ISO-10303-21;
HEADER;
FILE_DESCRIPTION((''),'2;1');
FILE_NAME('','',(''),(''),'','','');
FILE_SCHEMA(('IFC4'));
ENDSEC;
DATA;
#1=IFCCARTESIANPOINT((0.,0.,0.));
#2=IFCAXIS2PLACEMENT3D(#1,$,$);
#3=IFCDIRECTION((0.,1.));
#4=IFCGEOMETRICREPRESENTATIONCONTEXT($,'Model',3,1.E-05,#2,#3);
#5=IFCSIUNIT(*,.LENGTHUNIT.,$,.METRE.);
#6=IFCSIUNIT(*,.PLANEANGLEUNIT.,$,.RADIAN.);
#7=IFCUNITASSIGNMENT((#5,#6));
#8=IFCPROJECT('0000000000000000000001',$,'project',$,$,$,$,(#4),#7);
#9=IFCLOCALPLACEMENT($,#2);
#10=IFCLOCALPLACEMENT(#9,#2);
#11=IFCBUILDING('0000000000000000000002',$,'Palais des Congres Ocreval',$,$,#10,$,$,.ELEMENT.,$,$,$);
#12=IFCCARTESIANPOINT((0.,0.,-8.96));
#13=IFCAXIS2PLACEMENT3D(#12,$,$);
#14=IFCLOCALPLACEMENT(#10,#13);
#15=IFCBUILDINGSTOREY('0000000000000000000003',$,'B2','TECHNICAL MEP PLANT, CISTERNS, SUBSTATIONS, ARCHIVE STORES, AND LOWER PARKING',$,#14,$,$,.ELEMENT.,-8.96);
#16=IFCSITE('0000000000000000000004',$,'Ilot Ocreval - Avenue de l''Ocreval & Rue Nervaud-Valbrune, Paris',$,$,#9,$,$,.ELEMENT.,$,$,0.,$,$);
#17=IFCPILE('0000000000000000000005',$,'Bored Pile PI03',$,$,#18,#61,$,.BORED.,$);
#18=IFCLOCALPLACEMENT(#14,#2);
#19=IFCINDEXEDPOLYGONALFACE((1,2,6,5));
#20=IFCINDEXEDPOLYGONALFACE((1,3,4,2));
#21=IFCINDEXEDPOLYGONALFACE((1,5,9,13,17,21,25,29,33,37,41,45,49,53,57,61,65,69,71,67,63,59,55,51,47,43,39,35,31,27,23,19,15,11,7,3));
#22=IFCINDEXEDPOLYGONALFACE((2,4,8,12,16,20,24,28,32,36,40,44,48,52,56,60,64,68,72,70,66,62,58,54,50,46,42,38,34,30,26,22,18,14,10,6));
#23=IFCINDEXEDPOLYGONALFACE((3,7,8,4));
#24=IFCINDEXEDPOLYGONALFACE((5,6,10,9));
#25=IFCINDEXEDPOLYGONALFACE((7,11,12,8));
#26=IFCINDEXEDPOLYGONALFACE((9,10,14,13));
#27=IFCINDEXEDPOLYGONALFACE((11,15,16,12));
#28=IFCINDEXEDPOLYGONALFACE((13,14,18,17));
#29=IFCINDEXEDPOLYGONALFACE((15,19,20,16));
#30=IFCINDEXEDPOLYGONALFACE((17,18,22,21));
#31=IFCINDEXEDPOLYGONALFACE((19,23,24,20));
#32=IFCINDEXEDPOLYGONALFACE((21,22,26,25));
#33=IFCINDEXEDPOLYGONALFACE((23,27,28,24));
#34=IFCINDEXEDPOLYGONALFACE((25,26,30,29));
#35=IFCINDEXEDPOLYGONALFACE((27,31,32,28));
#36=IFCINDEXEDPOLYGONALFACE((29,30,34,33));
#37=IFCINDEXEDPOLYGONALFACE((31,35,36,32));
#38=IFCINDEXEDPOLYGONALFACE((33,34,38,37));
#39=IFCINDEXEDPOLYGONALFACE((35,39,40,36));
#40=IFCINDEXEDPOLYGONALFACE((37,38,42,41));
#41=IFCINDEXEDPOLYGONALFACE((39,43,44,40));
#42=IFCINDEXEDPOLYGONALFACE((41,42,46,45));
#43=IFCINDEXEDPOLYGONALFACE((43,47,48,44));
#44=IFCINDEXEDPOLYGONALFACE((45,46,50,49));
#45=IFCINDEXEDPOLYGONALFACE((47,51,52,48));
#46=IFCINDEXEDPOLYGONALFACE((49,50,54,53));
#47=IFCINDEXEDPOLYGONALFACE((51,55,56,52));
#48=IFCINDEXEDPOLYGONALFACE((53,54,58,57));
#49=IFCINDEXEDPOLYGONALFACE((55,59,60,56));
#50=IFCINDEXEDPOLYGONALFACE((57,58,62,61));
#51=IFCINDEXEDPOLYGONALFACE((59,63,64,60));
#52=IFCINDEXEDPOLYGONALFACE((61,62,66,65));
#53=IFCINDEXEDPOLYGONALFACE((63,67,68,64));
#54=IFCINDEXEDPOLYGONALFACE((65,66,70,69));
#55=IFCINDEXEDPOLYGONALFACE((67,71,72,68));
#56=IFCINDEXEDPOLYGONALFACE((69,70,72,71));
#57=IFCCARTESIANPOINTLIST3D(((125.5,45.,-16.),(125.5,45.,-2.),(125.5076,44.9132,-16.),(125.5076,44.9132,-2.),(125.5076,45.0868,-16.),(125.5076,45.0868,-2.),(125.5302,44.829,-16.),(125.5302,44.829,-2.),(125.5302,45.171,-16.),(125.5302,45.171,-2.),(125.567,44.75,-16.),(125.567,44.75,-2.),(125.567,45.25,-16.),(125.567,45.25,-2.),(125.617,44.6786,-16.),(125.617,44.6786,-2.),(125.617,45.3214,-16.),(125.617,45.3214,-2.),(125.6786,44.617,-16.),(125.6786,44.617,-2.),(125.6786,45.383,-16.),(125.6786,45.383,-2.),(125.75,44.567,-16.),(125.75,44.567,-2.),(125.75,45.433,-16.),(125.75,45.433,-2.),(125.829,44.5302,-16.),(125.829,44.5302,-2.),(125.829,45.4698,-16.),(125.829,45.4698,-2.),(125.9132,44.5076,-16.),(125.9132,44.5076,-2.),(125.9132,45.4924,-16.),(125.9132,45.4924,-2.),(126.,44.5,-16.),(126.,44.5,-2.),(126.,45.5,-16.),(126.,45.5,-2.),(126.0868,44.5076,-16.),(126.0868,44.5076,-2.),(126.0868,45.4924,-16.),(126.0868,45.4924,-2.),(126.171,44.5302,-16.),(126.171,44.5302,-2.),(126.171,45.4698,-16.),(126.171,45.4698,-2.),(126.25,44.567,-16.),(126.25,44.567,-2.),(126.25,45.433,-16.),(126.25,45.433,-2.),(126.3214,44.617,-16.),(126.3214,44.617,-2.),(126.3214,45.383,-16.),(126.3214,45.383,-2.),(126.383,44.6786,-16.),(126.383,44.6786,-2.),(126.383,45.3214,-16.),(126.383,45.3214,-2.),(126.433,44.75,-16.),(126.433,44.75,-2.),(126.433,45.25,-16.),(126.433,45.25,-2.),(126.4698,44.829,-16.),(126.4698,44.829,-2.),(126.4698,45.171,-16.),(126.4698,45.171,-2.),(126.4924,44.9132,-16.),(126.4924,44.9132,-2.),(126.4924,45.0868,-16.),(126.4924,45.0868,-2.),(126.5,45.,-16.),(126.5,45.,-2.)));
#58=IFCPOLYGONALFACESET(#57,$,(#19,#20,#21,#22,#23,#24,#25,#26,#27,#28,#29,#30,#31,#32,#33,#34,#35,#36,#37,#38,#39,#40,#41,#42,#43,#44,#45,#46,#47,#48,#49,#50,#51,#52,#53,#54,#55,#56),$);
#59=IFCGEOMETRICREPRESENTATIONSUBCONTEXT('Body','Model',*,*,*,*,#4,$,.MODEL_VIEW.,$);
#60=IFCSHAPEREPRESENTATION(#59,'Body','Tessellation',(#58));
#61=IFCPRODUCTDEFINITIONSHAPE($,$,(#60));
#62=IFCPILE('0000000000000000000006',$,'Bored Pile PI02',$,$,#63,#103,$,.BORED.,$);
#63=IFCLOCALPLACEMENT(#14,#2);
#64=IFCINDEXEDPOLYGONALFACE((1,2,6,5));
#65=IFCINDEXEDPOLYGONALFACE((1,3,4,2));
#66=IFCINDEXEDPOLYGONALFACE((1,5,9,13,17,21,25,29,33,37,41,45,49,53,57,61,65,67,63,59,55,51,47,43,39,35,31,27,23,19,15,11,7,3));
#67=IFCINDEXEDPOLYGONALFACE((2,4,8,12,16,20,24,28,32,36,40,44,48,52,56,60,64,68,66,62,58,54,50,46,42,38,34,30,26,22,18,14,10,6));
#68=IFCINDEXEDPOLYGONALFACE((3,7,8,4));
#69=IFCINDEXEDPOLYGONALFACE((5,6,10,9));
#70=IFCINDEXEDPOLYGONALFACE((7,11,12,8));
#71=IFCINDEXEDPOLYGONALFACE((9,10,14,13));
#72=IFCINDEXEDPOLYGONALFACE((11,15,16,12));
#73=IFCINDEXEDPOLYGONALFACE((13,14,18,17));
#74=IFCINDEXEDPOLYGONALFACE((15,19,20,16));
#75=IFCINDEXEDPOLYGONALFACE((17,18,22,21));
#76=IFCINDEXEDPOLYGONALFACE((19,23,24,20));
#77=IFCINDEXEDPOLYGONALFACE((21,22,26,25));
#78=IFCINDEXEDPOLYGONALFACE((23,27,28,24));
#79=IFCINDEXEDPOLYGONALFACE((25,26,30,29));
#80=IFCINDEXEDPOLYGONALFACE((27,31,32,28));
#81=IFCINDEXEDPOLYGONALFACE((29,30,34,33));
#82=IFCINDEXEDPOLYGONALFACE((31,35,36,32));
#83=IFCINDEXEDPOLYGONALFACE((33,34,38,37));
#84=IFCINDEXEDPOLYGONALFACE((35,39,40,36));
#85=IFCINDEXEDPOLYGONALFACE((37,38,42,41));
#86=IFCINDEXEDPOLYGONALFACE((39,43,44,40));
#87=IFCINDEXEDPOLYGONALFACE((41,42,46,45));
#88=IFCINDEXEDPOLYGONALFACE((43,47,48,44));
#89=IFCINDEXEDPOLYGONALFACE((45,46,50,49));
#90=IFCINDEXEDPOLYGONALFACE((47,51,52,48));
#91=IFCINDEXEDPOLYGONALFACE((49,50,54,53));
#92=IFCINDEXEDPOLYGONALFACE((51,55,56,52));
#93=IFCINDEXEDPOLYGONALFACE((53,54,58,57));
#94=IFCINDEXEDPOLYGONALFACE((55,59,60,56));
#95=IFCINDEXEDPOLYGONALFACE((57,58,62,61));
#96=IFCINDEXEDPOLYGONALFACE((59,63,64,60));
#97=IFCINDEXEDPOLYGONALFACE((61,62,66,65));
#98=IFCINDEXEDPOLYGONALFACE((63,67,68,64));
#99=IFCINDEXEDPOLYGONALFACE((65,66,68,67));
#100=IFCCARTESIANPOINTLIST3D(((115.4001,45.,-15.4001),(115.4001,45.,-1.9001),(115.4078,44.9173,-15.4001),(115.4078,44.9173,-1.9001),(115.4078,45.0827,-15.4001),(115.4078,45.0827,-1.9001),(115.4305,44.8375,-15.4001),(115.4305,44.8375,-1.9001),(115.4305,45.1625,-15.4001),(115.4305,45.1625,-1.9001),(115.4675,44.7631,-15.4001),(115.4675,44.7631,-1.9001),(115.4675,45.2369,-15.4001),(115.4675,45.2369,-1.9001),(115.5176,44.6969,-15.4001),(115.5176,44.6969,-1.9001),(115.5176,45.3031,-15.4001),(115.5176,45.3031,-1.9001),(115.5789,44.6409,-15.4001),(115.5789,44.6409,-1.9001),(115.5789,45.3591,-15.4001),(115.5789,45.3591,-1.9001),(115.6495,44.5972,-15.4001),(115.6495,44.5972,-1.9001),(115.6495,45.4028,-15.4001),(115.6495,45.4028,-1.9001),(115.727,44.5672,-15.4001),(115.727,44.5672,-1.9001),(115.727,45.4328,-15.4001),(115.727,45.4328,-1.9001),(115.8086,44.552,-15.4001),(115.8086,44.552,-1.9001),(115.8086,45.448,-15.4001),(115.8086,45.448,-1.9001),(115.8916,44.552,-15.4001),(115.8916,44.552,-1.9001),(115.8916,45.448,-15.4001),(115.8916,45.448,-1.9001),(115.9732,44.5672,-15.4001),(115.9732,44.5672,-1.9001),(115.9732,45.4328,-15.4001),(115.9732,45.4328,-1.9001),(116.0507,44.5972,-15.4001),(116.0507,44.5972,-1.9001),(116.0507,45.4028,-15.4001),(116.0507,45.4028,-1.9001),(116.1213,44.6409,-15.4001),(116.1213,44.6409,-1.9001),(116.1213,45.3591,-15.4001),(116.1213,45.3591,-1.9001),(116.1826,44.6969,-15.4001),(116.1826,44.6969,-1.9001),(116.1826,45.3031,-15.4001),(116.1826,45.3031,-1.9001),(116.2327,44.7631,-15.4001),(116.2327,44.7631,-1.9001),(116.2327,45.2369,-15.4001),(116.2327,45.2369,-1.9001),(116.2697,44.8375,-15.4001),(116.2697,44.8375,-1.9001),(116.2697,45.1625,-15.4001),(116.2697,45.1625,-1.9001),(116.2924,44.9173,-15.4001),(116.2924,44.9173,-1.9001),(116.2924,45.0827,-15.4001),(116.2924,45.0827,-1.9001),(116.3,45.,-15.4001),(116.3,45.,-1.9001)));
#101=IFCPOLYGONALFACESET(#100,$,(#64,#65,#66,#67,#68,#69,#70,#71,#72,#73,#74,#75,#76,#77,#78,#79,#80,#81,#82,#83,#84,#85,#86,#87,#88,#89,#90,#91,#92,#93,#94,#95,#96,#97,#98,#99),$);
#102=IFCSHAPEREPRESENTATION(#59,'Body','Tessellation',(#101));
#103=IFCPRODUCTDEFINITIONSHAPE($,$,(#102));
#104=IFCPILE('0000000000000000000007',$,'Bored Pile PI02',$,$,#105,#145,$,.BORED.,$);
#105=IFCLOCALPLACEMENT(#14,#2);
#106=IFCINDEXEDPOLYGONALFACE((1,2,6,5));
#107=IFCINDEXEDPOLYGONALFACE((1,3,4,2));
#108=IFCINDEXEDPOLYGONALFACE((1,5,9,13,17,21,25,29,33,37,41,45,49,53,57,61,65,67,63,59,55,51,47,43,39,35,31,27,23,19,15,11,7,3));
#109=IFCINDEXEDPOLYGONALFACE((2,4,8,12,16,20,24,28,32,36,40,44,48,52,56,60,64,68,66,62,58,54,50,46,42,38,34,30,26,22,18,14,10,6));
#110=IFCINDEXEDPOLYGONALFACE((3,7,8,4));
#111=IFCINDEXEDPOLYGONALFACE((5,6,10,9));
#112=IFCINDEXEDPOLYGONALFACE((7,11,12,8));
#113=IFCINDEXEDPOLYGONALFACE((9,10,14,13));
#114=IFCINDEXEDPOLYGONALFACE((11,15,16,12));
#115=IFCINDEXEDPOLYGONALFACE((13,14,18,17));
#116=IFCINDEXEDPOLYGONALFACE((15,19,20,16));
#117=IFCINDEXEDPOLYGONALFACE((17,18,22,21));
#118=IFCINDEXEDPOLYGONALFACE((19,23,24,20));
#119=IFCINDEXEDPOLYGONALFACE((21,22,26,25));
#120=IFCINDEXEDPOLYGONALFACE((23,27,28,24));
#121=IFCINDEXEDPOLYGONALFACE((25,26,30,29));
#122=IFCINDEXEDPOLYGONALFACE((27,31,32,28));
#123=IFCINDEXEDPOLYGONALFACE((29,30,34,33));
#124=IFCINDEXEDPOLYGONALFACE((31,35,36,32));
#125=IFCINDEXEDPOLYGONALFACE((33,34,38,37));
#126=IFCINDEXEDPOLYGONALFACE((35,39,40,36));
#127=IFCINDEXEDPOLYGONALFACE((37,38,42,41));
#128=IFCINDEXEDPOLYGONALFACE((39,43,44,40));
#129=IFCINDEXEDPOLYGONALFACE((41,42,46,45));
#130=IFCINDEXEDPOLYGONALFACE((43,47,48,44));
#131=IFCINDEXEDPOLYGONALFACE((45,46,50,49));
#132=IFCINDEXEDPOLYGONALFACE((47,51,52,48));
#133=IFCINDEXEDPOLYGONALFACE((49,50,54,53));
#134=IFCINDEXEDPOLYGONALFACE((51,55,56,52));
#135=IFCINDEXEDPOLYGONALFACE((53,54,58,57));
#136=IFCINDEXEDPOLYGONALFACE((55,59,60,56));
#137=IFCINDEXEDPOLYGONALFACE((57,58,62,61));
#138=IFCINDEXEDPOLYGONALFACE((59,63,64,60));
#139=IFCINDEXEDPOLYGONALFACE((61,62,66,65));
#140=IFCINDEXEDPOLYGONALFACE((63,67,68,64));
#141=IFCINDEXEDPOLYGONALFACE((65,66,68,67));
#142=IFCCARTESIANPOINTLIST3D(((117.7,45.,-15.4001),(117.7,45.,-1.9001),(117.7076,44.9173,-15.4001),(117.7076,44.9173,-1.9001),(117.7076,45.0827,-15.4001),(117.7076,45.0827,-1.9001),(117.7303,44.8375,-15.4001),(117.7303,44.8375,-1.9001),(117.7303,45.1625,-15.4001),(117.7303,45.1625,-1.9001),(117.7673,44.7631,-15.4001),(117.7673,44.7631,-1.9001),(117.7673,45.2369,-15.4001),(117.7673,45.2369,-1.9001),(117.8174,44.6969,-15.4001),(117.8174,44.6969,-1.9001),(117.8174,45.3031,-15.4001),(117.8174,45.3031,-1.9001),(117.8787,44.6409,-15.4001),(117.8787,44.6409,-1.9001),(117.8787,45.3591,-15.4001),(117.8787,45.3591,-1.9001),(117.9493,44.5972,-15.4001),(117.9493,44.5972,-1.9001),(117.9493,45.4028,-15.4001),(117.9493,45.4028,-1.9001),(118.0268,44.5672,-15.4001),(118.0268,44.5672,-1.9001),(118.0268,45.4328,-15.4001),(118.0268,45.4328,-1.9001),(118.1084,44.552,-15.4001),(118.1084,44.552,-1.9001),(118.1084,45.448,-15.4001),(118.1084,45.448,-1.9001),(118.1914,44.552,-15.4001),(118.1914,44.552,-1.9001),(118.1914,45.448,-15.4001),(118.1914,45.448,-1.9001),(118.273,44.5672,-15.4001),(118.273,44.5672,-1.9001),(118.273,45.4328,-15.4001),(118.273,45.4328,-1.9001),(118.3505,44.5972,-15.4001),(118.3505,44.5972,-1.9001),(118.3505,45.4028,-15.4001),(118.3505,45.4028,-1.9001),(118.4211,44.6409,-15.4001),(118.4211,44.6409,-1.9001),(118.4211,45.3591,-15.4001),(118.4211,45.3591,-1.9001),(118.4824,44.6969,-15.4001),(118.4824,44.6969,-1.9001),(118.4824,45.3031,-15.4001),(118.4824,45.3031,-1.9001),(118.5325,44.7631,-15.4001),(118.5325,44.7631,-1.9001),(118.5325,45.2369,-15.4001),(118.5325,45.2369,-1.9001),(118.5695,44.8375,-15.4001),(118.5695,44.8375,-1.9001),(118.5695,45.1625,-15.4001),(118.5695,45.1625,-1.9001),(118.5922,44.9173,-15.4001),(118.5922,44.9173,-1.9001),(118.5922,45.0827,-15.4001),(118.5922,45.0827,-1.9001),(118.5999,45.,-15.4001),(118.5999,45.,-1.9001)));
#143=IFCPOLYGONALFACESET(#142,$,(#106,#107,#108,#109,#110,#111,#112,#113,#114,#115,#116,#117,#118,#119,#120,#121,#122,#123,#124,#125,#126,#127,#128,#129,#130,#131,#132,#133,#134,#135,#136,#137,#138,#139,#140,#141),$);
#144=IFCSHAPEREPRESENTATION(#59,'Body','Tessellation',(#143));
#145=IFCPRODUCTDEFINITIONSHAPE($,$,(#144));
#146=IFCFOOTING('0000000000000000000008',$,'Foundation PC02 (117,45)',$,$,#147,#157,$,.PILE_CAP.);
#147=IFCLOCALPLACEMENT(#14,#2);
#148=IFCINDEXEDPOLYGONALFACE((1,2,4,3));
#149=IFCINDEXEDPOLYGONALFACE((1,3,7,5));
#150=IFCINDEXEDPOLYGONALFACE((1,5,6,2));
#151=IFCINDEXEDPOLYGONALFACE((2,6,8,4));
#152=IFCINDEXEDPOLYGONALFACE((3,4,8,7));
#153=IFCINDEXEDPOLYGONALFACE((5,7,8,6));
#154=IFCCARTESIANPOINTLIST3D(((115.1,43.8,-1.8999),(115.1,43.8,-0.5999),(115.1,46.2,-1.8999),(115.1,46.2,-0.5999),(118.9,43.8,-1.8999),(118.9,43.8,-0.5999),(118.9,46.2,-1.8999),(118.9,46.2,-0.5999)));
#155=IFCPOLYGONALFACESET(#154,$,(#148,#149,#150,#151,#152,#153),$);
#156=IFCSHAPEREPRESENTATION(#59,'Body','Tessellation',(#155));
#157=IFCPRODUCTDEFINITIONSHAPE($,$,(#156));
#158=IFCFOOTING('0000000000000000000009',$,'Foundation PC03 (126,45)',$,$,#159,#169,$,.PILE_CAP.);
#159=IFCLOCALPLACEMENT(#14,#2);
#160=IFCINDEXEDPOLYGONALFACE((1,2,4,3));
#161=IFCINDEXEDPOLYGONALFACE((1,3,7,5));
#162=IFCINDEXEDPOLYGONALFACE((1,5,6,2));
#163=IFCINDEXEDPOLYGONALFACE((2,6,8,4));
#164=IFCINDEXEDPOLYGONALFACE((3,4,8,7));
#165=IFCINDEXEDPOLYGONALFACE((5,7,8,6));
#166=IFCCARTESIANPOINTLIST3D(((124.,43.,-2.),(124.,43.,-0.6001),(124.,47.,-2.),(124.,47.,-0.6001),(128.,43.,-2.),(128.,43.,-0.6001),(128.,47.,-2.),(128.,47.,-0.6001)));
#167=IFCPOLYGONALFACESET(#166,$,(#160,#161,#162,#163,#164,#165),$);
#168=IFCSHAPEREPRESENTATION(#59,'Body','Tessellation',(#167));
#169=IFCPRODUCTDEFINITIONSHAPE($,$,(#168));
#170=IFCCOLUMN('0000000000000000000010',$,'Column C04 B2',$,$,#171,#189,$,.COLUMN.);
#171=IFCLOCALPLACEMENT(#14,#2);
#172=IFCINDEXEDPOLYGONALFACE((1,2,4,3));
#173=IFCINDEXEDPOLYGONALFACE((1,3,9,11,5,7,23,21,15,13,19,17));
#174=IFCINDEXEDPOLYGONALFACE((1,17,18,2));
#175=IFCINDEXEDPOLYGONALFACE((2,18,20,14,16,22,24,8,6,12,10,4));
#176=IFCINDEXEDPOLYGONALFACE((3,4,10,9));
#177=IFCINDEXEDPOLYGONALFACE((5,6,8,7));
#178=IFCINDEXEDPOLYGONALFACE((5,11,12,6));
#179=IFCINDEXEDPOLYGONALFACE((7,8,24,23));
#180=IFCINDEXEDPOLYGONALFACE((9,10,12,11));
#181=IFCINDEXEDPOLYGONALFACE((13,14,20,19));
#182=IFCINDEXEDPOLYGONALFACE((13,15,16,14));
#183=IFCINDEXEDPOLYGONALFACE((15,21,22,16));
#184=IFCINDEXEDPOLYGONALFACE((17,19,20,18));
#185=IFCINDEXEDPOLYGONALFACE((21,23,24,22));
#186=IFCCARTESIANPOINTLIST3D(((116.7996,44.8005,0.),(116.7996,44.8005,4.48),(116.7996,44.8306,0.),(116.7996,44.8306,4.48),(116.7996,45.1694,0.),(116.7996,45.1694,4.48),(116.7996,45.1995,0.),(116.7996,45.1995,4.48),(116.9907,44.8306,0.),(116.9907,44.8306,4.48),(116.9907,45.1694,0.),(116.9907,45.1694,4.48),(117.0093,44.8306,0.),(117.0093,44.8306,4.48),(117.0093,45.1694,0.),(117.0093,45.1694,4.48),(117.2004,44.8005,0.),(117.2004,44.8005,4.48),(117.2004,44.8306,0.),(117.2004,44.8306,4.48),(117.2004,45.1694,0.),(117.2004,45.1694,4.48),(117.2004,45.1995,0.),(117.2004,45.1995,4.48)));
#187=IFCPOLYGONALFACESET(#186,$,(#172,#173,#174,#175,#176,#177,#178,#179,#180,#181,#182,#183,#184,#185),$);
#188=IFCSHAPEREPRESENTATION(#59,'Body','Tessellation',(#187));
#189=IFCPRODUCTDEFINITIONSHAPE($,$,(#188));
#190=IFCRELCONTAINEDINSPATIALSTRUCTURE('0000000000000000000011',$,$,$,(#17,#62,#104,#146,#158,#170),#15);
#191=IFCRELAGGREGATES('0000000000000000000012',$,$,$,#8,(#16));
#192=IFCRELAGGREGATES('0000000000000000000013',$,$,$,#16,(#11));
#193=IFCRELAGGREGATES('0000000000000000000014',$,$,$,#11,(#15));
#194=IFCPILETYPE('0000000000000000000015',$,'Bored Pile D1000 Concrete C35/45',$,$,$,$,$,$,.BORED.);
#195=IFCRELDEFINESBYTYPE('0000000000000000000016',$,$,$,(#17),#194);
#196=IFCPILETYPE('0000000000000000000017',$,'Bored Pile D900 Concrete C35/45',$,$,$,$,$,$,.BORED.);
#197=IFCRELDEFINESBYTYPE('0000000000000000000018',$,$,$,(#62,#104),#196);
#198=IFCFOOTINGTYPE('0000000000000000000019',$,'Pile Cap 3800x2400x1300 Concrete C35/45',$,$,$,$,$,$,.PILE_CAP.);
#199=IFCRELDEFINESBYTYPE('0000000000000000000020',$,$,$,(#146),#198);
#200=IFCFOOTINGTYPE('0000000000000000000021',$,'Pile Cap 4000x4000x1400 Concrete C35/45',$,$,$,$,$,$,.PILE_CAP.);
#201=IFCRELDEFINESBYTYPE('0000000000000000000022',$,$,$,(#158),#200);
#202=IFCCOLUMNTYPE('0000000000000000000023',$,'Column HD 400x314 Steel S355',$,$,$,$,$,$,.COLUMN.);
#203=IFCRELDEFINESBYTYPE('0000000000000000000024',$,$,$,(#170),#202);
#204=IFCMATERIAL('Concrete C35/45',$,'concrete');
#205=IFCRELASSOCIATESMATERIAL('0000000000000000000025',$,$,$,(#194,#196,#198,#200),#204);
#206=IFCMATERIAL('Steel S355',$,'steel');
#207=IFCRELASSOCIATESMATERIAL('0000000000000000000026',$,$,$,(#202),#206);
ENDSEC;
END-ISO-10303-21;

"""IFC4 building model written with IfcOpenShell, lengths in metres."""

from ifc_helpers import new_model, si_unit, direction, frame, origin, origin_2d, place, context, subcontext, project, spatial, rectangle, circle, i_section, extrude, material, material_profile, profile_set, type_object, element, save


model = new_model("IFC4")

# Units and contexts
model_context = context("Model", 3, precision=1e-05, world=origin(), true_north=direction((0.0, 1.0)))
body_context = subcontext(model_context, "Body", "Model", "MODEL_VIEW")
ifc_project = project(units=[si_unit("LENGTHUNIT", "METRE"), si_unit("PLANEANGLEUNIT", "RADIAN")], contexts=[model_context])

# Site, building, storey
site_placement = place(None, origin())
site = spatial("IfcSite", under=ifc_project, at=site_placement, Name="Ilot Ocreval - Avenue de l'Ocreval & Rue Nervaud-Valbrune, Paris", CompositionType="ELEMENT", RefElevation=0.0)
building_placement = place(site_placement, origin())
building = spatial("IfcBuilding", under=site, at=building_placement, Name="Palais des Congres Ocreval", CompositionType="ELEMENT")
storey_placement = place(building_placement, frame((0.0, 0.0, -8.96)))
storey = spatial("IfcBuildingStorey", under=building, at=storey_placement, Name="B2", Description="TECHNICAL MEP PLANT, CISTERNS, SUBSTATIONS, ARCHIVE STORES, AND LOWER PARKING", CompositionType="ELEMENT", Elevation=-8.96)

# Piles
ifc_material_1 = material(Name="Concrete C35/45", Category="concrete")
ifc_material_profile_1 = material_profile(ifc_material_1, circle(Radius=0.5, at=origin_2d()), Name="BORED PILE 1000")
ifc_profile_set_1 = profile_set([ifc_material_profile_1], Name="Concrete C35/45")
pile_type_1 = type_object("IfcPileType", Name="Bored Pile D1000 Concrete C35/45", PredefinedType="BORED", material=ifc_profile_set_1)
pile_placement = place(storey_placement, frame((126.0, 45.0, -2.0), z_axis=(0.0, 0.0, -1.0), x_axis=(1.0, 0.0, 0.0)))
element("IfcPile", 1, at=pile_placement, inside=storey, type_object=pile_type_1, Name="Bored Pile PI03", PredefinedType="BORED", context=body_context, shape_type="SweptSolid", body=[
    extrude(circle(Radius=0.5, at=origin_2d()), origin(), (0.0, 0.0, 1.0), 14.0),
])
ifc_material_profile_2 = material_profile(ifc_material_1, circle(Radius=0.45, at=origin_2d()), Name="BORED PILE 900")
ifc_profile_set_2 = profile_set([ifc_material_profile_2], Name="Concrete C35/45")
pile_type_2 = type_object("IfcPileType", Name="Bored Pile D900 Concrete C35/45", PredefinedType="BORED", material=ifc_profile_set_2)
for number, where, z_axis, x_axis, name in (
    (2, (115.8501, 45.0, -1.9001), (0.0, 0.0, -1.0), (1.0, 0.0, 0.0), "Bored Pile PI02"),
    (3, (118.1499, 45.0, -1.9001), (0.0, 0.0, -1.0), (1.0, 0.0, 0.0), "Bored Pile PI02"),
):
    element("IfcPile", number, at=place(storey_placement, frame(where, z_axis=z_axis, x_axis=x_axis)), inside=storey, type_object=pile_type_2, Name=name, PredefinedType="BORED", context=body_context, shape_type="SweptSolid", body=[
        extrude(circle(Radius=0.45, at=origin_2d()), origin(), (0.0, 0.0, 1.0), 13.5),
    ])

# Footings
footing_type_1 = type_object("IfcFootingType", Name="Pile Cap 3800x2400x1300 Concrete C35/45", PredefinedType="PILE_CAP", material=ifc_material_1)
footing_1_placement = place(storey_placement, frame((117.0, 45.0, -1.8999), z_axis=(0.0, 0.0, 1.0), x_axis=(1.0, 0.0, 0.0)))
element("IfcFooting", 4, at=footing_1_placement, inside=storey, type_object=footing_type_1, Name="Foundation PC02 (117,45)", PredefinedType="PILE_CAP", context=body_context, shape_type="SweptSolid", body=[
    extrude(rectangle(XDim=3.8, YDim=2.3999, at=origin_2d()), origin(), (0.0, 0.0, 1.0), 1.3),
])
footing_type_2 = type_object("IfcFootingType", Name="Pile Cap 4000x4000x1400 Concrete C35/45", PredefinedType="PILE_CAP", material=ifc_material_1)
footing_2_placement = place(storey_placement, frame((126.0, 45.0, -2.0), z_axis=(0.0, 0.0, 1.0), x_axis=(1.0, 0.0, 0.0)))
element("IfcFooting", 5, at=footing_2_placement, inside=storey, type_object=footing_type_2, Name="Foundation PC03 (126,45)", PredefinedType="PILE_CAP", context=body_context, shape_type="SweptSolid", body=[
    extrude(rectangle(XDim=4.0, YDim=4.0, at=origin_2d()), origin(), (0.0, 0.0, 1.0), 1.3999),
])

# Column
ifc_material_2 = material(Name="Steel S355", Category="steel")
ifc_material_profile_3 = material_profile(ifc_material_2, i_section(OverallWidth=0.4009, OverallDepth=0.3989, WebThickness=0.0186, FlangeThickness=0.03, at=origin_2d()), Name="HD 400x314")
ifc_profile_set_3 = profile_set([ifc_material_profile_3], Name="Steel S355")
column_type = type_object("IfcColumnType", Name="Column HD 400x314 Steel S355", PredefinedType="COLUMN", material=ifc_profile_set_3)
for number, where, z_axis, x_axis, name in (
    (6, (117.0, 45.0, 0.0), (0.0, 0.0, 1.0), (1.0, 0.0, 0.0), "Column C04 B2"),
):
    element("IfcColumn", number, at=place(storey_placement, frame(where, z_axis=z_axis, x_axis=x_axis)), inside=storey, type_object=column_type, Name=name, PredefinedType="COLUMN", context=body_context, shape_type="SweptSolid", body=[
        extrude(i_section(OverallWidth=0.4009, OverallDepth=0.3989, WebThickness=0.0186, FlangeThickness=0.03, at=origin_2d()), origin(), (0.0, 0.0, 1.0), 4.48),
    ])

save(model, "model.ifc")
